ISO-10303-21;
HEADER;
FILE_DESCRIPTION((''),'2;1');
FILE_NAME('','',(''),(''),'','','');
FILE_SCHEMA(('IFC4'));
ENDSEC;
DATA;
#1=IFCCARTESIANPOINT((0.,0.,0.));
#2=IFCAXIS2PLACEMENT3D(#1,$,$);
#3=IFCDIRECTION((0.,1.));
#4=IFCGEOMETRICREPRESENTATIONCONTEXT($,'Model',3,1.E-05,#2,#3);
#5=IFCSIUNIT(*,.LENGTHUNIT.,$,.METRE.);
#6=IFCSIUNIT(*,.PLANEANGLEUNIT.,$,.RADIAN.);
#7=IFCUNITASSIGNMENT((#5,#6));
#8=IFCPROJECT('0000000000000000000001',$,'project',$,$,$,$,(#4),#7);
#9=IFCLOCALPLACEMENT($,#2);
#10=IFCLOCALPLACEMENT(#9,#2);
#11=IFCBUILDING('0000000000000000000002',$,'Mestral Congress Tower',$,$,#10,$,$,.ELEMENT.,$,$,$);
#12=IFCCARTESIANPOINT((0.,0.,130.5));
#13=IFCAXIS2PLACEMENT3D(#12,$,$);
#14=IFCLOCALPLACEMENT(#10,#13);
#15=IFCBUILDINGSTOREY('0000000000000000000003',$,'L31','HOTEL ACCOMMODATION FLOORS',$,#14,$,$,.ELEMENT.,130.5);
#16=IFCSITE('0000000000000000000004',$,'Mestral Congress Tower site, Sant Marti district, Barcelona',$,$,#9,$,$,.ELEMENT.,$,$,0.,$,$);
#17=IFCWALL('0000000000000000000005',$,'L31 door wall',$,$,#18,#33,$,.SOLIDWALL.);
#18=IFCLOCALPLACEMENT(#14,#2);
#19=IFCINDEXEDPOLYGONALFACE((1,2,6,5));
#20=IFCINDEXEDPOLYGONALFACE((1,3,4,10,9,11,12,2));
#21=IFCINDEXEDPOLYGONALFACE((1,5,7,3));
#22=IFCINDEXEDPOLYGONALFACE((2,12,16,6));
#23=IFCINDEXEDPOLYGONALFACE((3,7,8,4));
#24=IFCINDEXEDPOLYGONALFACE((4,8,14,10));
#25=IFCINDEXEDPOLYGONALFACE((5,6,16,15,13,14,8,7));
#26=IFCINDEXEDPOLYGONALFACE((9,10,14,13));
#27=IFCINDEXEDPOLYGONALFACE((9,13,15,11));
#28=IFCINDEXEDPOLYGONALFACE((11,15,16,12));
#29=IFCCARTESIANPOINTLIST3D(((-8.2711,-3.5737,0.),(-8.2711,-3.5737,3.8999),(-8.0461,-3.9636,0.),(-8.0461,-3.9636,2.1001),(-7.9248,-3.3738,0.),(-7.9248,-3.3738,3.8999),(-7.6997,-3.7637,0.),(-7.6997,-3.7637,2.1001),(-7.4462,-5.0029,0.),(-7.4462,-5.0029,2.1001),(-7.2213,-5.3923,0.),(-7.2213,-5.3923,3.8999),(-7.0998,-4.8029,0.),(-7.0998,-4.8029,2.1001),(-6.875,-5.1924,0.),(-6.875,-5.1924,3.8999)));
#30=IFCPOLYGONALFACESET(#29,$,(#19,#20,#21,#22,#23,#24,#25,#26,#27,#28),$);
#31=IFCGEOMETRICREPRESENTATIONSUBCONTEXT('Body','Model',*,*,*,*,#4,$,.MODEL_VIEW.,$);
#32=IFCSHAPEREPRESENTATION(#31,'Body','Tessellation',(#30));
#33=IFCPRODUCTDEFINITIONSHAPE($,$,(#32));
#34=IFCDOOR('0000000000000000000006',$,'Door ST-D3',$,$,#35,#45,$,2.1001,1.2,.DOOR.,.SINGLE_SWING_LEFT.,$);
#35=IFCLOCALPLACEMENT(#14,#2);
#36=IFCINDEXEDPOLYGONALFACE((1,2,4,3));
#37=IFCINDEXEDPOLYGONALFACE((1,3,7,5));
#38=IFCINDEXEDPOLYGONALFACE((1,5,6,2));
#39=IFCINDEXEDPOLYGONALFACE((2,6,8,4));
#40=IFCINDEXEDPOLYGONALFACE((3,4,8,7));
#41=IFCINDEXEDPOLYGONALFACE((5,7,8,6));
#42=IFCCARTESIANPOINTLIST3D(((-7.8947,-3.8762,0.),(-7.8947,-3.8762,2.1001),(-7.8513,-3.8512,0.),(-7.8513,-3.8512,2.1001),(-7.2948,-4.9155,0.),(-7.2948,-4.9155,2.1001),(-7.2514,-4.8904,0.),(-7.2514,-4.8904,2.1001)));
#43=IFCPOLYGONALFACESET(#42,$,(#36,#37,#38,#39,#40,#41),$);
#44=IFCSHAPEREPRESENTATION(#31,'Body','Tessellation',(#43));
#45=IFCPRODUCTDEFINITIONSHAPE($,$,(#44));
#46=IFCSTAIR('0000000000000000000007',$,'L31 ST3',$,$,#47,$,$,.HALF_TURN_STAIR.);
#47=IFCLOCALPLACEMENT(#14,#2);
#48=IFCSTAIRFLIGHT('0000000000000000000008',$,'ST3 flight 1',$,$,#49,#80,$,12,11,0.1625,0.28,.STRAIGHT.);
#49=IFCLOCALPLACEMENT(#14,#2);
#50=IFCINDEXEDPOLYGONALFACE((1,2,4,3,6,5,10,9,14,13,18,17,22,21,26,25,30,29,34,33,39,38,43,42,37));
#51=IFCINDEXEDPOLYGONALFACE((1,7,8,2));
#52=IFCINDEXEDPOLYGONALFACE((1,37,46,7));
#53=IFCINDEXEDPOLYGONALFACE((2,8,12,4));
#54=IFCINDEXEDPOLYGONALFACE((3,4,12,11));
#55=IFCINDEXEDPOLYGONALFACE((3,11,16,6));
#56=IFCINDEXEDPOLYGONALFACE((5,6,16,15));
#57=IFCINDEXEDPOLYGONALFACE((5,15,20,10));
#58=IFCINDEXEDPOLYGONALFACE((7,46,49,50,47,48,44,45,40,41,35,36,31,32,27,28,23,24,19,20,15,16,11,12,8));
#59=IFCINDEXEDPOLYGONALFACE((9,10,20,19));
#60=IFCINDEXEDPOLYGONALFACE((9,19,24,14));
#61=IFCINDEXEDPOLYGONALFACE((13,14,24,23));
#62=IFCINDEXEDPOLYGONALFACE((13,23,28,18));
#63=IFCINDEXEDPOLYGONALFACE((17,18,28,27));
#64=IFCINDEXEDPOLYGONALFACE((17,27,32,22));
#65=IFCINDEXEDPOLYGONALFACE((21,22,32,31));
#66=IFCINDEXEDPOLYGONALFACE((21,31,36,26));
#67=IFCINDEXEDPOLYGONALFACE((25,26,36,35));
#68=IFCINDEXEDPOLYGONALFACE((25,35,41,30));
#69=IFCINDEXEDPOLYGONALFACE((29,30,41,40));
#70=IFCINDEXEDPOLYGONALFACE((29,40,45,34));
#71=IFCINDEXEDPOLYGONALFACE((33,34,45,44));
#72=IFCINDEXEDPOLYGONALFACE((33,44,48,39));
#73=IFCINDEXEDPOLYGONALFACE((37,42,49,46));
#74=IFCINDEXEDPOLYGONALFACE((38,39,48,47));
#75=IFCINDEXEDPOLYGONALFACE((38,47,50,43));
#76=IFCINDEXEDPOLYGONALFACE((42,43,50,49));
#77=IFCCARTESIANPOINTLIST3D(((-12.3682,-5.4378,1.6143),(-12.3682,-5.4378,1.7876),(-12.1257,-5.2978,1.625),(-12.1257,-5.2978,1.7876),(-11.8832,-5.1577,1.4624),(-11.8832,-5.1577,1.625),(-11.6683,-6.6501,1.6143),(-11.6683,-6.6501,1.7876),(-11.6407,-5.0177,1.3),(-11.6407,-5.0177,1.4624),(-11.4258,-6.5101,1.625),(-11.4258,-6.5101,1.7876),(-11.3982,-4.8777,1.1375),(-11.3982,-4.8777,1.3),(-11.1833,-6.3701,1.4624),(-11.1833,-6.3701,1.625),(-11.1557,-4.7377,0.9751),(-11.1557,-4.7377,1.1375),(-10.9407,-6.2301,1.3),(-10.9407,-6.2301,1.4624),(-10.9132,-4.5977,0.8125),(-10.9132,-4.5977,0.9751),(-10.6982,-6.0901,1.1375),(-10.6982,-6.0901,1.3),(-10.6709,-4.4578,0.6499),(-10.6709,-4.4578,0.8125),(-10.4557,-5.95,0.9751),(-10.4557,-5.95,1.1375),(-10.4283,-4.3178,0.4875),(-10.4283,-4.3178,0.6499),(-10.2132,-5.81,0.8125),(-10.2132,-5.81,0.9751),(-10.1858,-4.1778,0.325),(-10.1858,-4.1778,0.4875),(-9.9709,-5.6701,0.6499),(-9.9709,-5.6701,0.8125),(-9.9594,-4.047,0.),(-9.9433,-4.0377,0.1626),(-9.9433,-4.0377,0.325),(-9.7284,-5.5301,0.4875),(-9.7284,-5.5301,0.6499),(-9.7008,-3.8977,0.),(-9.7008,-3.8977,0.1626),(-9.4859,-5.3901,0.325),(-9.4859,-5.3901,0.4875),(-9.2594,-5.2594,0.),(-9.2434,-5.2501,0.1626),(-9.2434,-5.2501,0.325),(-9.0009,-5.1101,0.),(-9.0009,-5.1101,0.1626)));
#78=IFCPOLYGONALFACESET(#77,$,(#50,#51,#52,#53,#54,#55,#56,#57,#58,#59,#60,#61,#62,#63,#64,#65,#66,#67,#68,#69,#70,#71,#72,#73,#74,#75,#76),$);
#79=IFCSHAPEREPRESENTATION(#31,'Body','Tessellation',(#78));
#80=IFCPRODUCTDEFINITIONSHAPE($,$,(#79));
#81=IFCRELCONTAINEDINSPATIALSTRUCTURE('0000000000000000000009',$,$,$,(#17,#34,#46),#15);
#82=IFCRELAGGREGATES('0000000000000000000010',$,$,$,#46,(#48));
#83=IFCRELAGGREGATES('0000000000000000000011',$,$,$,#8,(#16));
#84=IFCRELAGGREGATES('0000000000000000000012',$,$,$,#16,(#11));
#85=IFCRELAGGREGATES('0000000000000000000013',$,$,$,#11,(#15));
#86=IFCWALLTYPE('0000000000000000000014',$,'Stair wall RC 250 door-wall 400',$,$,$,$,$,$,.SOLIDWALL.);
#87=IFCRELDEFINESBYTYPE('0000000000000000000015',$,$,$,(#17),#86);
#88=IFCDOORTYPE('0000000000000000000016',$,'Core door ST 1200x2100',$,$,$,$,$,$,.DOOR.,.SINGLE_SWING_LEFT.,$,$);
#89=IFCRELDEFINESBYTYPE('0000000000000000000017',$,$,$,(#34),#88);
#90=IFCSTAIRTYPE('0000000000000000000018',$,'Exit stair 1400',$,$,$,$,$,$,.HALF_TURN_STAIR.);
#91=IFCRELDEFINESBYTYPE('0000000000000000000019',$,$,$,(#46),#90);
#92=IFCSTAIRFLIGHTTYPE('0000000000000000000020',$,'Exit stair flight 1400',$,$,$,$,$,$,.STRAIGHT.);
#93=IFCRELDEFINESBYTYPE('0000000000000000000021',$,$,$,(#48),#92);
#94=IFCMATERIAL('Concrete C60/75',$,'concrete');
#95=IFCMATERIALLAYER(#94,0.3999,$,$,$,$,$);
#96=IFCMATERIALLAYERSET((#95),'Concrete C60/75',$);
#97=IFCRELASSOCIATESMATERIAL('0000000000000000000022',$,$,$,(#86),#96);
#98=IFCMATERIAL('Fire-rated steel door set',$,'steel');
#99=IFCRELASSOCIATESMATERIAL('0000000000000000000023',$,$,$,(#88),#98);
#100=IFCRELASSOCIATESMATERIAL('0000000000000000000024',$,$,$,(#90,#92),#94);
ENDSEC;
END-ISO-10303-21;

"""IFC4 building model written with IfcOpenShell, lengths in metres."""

from ifc_helpers import new_model, si_unit, direction, frame, frame_2d, origin, place, context, subcontext, project, spatial, polyline, rectangle, outline, extrude, material, layer, layer_set, type_object, element, fill, aggregate, save


model = new_model("IFC4")

# Units and contexts
model_context = context("Model", 3, precision=1e-05, world=origin(), true_north=direction((0.0, 1.0)))
body_context = subcontext(model_context, "Body", "Model", "MODEL_VIEW")
ifc_project = project(units=[si_unit("LENGTHUNIT", "METRE"), si_unit("PLANEANGLEUNIT", "RADIAN")], contexts=[model_context])

# Site, building, storey
site_placement = place(None, origin())
site = spatial("IfcSite", under=ifc_project, at=site_placement, Name="Mestral Congress Tower site, Sant Marti district, Barcelona", CompositionType="ELEMENT", RefElevation=0.0)
building_placement = place(site_placement, origin())
building = spatial("IfcBuilding", under=site, at=building_placement, Name="Mestral Congress Tower", CompositionType="ELEMENT")
storey_placement = place(building_placement, frame((0.0, 0.0, 130.5)))
storey = spatial("IfcBuildingStorey", under=building, at=storey_placement, Name="L31", Description="HOTEL ACCOMMODATION FLOORS", CompositionType="ELEMENT", Elevation=130.5)

# Shared definitions
ifc_material_1 = material(Name="Fire-rated steel door set", Category="steel")

# Shared definitions
ifc_material_2 = material(Name="Concrete C60/75", Category="concrete")

# Wall, opening, door
ifc_layer_1 = layer(ifc_material_2, 0.3999)
ifc_layer_set_1 = layer_set([ifc_layer_1], Name="Concrete C60/75")
wall_type_1 = type_object("IfcWallType", Name="Stair wall RC 250 door-wall 400", PredefinedType="SOLIDWALL", material=ifc_layer_set_1)
wall_1_placement = place(storey_placement, frame((-8.0979, -3.4739, 0.0), z_axis=(0.0, 0.0, 1.0), x_axis=(0.499941, -0.86606, 0.0)))
wall_1 = element("IfcWall", 1, at=wall_1_placement, inside=storey, type_object=wall_type_1, Name="L31 door wall", PredefinedType="SOLIDWALL", context=body_context, shape_type="SweptSolid", body=[
    extrude(rectangle(XDim=2.0999, YDim=0.3999, at=frame_2d((1.0498, 0.0))), origin(), (0.0, 0.0, 1.0), 3.8999),
])
opening_1_placement = place(wall_1_placement, frame((0.45, 0.0, 0.0)))
opening_1 = element("IfcOpeningElement", 2, at=opening_1_placement, cuts=wall_1, PredefinedType="OPENING", context=body_context, shape_type="SweptSolid", body=[
    extrude(rectangle(XDim=1.2, YDim=2.1001, at=frame_2d((0.6001, 1.05))), frame((0.0, 0.21, 0.0), z_axis=(0.0, -1.0, 0.0), x_axis=(1.0, 0.0, 0.0)), (0.0, 0.0, 1.0), 0.4199),
])
door_type_1 = type_object("IfcDoorType", Name="Core door ST 1200x2100", OperationType="SINGLE_SWING_LEFT", PredefinedType="DOOR", material=ifc_material_1)
door_1_placement = place(opening_1_placement, origin())
door_1 = element("IfcDoor", 3, at=door_1_placement, inside=storey, type_object=door_type_1, Name="Door ST-D3", OperationType="SINGLE_SWING_LEFT", OverallHeight=2.1001, OverallWidth=1.2, PredefinedType="DOOR", context=body_context, shape_type="SweptSolid", body=[
    extrude(rectangle(XDim=1.2, YDim=2.1001, at=frame_2d((0.6001, 1.05))), frame((0.0, 0.0249, 0.0), z_axis=(0.0, -1.0, 0.0), x_axis=(1.0, 0.0, 0.0)), (0.0, 0.0, 1.0), 0.05),
])
fill(opening_1, door_1)

# Stair, stair flight
stair_type = type_object("IfcStairType", Name="Exit stair 1400", PredefinedType="HALF_TURN_STAIR", material=ifc_material_2)
stair_placement = place(storey_placement, origin())
stair = element("IfcStair", 4, at=stair_placement, inside=storey, type_object=stair_type, Name="L31 ST3", PredefinedType="HALF_TURN_STAIR")
stair_flight_type = type_object("IfcStairFlightType", Name="Exit stair flight 1400", PredefinedType="STRAIGHT", material=ifc_material_2)
stair_flight_placement = place(storey_placement, frame((-9.3508, -4.5039, 0.0), z_axis=(0.0, 0.0, 1.0), x_axis=(-0.866025, -0.5, 0.0)))
stair_flight = element("IfcStairFlight", 5, at=stair_flight_placement, type_object=stair_flight_type, Name="ST3 flight 1", NumberOfRisers=12, NumberOfTreads=11, PredefinedType="STRAIGHT", RiserHeight=0.1625, TreadLength=0.28, context=body_context, shape_type="SweptSolid", body=[
    extrude(outline(polyline([(0.0, 0.0), (0.0, 0.1626), (0.28, 0.1626), (0.28, 0.325), (0.5601, 0.325), (0.5601, 0.4875), (0.8401, 0.4875), (0.8401, 0.6499), (1.1201, 0.6499), (1.1201, 0.8125), (1.3999, 0.8125), (1.3999, 0.9751), (1.6799, 0.9751), (1.6799, 1.1375), (1.96, 1.1375), (1.96, 1.3), (2.24, 1.3), (2.24, 1.4624), (2.52, 1.4624), (2.52, 1.625), (2.8, 1.625), (2.8, 1.7876), (3.0801, 1.7876), (3.0801, 1.95), (3.0801, 1.6143), (0.2986, 0.0), (0.0, 0.0)])), frame((0.0, 0.7, 0.0), z_axis=(0.0, -1.0, 0.0), x_axis=(1.0, 0.0, 0.0)), (0.0, 0.0, 1.0), 1.3999),
])
aggregate(stair, [stair_flight])

save(model, "model.ifc")
